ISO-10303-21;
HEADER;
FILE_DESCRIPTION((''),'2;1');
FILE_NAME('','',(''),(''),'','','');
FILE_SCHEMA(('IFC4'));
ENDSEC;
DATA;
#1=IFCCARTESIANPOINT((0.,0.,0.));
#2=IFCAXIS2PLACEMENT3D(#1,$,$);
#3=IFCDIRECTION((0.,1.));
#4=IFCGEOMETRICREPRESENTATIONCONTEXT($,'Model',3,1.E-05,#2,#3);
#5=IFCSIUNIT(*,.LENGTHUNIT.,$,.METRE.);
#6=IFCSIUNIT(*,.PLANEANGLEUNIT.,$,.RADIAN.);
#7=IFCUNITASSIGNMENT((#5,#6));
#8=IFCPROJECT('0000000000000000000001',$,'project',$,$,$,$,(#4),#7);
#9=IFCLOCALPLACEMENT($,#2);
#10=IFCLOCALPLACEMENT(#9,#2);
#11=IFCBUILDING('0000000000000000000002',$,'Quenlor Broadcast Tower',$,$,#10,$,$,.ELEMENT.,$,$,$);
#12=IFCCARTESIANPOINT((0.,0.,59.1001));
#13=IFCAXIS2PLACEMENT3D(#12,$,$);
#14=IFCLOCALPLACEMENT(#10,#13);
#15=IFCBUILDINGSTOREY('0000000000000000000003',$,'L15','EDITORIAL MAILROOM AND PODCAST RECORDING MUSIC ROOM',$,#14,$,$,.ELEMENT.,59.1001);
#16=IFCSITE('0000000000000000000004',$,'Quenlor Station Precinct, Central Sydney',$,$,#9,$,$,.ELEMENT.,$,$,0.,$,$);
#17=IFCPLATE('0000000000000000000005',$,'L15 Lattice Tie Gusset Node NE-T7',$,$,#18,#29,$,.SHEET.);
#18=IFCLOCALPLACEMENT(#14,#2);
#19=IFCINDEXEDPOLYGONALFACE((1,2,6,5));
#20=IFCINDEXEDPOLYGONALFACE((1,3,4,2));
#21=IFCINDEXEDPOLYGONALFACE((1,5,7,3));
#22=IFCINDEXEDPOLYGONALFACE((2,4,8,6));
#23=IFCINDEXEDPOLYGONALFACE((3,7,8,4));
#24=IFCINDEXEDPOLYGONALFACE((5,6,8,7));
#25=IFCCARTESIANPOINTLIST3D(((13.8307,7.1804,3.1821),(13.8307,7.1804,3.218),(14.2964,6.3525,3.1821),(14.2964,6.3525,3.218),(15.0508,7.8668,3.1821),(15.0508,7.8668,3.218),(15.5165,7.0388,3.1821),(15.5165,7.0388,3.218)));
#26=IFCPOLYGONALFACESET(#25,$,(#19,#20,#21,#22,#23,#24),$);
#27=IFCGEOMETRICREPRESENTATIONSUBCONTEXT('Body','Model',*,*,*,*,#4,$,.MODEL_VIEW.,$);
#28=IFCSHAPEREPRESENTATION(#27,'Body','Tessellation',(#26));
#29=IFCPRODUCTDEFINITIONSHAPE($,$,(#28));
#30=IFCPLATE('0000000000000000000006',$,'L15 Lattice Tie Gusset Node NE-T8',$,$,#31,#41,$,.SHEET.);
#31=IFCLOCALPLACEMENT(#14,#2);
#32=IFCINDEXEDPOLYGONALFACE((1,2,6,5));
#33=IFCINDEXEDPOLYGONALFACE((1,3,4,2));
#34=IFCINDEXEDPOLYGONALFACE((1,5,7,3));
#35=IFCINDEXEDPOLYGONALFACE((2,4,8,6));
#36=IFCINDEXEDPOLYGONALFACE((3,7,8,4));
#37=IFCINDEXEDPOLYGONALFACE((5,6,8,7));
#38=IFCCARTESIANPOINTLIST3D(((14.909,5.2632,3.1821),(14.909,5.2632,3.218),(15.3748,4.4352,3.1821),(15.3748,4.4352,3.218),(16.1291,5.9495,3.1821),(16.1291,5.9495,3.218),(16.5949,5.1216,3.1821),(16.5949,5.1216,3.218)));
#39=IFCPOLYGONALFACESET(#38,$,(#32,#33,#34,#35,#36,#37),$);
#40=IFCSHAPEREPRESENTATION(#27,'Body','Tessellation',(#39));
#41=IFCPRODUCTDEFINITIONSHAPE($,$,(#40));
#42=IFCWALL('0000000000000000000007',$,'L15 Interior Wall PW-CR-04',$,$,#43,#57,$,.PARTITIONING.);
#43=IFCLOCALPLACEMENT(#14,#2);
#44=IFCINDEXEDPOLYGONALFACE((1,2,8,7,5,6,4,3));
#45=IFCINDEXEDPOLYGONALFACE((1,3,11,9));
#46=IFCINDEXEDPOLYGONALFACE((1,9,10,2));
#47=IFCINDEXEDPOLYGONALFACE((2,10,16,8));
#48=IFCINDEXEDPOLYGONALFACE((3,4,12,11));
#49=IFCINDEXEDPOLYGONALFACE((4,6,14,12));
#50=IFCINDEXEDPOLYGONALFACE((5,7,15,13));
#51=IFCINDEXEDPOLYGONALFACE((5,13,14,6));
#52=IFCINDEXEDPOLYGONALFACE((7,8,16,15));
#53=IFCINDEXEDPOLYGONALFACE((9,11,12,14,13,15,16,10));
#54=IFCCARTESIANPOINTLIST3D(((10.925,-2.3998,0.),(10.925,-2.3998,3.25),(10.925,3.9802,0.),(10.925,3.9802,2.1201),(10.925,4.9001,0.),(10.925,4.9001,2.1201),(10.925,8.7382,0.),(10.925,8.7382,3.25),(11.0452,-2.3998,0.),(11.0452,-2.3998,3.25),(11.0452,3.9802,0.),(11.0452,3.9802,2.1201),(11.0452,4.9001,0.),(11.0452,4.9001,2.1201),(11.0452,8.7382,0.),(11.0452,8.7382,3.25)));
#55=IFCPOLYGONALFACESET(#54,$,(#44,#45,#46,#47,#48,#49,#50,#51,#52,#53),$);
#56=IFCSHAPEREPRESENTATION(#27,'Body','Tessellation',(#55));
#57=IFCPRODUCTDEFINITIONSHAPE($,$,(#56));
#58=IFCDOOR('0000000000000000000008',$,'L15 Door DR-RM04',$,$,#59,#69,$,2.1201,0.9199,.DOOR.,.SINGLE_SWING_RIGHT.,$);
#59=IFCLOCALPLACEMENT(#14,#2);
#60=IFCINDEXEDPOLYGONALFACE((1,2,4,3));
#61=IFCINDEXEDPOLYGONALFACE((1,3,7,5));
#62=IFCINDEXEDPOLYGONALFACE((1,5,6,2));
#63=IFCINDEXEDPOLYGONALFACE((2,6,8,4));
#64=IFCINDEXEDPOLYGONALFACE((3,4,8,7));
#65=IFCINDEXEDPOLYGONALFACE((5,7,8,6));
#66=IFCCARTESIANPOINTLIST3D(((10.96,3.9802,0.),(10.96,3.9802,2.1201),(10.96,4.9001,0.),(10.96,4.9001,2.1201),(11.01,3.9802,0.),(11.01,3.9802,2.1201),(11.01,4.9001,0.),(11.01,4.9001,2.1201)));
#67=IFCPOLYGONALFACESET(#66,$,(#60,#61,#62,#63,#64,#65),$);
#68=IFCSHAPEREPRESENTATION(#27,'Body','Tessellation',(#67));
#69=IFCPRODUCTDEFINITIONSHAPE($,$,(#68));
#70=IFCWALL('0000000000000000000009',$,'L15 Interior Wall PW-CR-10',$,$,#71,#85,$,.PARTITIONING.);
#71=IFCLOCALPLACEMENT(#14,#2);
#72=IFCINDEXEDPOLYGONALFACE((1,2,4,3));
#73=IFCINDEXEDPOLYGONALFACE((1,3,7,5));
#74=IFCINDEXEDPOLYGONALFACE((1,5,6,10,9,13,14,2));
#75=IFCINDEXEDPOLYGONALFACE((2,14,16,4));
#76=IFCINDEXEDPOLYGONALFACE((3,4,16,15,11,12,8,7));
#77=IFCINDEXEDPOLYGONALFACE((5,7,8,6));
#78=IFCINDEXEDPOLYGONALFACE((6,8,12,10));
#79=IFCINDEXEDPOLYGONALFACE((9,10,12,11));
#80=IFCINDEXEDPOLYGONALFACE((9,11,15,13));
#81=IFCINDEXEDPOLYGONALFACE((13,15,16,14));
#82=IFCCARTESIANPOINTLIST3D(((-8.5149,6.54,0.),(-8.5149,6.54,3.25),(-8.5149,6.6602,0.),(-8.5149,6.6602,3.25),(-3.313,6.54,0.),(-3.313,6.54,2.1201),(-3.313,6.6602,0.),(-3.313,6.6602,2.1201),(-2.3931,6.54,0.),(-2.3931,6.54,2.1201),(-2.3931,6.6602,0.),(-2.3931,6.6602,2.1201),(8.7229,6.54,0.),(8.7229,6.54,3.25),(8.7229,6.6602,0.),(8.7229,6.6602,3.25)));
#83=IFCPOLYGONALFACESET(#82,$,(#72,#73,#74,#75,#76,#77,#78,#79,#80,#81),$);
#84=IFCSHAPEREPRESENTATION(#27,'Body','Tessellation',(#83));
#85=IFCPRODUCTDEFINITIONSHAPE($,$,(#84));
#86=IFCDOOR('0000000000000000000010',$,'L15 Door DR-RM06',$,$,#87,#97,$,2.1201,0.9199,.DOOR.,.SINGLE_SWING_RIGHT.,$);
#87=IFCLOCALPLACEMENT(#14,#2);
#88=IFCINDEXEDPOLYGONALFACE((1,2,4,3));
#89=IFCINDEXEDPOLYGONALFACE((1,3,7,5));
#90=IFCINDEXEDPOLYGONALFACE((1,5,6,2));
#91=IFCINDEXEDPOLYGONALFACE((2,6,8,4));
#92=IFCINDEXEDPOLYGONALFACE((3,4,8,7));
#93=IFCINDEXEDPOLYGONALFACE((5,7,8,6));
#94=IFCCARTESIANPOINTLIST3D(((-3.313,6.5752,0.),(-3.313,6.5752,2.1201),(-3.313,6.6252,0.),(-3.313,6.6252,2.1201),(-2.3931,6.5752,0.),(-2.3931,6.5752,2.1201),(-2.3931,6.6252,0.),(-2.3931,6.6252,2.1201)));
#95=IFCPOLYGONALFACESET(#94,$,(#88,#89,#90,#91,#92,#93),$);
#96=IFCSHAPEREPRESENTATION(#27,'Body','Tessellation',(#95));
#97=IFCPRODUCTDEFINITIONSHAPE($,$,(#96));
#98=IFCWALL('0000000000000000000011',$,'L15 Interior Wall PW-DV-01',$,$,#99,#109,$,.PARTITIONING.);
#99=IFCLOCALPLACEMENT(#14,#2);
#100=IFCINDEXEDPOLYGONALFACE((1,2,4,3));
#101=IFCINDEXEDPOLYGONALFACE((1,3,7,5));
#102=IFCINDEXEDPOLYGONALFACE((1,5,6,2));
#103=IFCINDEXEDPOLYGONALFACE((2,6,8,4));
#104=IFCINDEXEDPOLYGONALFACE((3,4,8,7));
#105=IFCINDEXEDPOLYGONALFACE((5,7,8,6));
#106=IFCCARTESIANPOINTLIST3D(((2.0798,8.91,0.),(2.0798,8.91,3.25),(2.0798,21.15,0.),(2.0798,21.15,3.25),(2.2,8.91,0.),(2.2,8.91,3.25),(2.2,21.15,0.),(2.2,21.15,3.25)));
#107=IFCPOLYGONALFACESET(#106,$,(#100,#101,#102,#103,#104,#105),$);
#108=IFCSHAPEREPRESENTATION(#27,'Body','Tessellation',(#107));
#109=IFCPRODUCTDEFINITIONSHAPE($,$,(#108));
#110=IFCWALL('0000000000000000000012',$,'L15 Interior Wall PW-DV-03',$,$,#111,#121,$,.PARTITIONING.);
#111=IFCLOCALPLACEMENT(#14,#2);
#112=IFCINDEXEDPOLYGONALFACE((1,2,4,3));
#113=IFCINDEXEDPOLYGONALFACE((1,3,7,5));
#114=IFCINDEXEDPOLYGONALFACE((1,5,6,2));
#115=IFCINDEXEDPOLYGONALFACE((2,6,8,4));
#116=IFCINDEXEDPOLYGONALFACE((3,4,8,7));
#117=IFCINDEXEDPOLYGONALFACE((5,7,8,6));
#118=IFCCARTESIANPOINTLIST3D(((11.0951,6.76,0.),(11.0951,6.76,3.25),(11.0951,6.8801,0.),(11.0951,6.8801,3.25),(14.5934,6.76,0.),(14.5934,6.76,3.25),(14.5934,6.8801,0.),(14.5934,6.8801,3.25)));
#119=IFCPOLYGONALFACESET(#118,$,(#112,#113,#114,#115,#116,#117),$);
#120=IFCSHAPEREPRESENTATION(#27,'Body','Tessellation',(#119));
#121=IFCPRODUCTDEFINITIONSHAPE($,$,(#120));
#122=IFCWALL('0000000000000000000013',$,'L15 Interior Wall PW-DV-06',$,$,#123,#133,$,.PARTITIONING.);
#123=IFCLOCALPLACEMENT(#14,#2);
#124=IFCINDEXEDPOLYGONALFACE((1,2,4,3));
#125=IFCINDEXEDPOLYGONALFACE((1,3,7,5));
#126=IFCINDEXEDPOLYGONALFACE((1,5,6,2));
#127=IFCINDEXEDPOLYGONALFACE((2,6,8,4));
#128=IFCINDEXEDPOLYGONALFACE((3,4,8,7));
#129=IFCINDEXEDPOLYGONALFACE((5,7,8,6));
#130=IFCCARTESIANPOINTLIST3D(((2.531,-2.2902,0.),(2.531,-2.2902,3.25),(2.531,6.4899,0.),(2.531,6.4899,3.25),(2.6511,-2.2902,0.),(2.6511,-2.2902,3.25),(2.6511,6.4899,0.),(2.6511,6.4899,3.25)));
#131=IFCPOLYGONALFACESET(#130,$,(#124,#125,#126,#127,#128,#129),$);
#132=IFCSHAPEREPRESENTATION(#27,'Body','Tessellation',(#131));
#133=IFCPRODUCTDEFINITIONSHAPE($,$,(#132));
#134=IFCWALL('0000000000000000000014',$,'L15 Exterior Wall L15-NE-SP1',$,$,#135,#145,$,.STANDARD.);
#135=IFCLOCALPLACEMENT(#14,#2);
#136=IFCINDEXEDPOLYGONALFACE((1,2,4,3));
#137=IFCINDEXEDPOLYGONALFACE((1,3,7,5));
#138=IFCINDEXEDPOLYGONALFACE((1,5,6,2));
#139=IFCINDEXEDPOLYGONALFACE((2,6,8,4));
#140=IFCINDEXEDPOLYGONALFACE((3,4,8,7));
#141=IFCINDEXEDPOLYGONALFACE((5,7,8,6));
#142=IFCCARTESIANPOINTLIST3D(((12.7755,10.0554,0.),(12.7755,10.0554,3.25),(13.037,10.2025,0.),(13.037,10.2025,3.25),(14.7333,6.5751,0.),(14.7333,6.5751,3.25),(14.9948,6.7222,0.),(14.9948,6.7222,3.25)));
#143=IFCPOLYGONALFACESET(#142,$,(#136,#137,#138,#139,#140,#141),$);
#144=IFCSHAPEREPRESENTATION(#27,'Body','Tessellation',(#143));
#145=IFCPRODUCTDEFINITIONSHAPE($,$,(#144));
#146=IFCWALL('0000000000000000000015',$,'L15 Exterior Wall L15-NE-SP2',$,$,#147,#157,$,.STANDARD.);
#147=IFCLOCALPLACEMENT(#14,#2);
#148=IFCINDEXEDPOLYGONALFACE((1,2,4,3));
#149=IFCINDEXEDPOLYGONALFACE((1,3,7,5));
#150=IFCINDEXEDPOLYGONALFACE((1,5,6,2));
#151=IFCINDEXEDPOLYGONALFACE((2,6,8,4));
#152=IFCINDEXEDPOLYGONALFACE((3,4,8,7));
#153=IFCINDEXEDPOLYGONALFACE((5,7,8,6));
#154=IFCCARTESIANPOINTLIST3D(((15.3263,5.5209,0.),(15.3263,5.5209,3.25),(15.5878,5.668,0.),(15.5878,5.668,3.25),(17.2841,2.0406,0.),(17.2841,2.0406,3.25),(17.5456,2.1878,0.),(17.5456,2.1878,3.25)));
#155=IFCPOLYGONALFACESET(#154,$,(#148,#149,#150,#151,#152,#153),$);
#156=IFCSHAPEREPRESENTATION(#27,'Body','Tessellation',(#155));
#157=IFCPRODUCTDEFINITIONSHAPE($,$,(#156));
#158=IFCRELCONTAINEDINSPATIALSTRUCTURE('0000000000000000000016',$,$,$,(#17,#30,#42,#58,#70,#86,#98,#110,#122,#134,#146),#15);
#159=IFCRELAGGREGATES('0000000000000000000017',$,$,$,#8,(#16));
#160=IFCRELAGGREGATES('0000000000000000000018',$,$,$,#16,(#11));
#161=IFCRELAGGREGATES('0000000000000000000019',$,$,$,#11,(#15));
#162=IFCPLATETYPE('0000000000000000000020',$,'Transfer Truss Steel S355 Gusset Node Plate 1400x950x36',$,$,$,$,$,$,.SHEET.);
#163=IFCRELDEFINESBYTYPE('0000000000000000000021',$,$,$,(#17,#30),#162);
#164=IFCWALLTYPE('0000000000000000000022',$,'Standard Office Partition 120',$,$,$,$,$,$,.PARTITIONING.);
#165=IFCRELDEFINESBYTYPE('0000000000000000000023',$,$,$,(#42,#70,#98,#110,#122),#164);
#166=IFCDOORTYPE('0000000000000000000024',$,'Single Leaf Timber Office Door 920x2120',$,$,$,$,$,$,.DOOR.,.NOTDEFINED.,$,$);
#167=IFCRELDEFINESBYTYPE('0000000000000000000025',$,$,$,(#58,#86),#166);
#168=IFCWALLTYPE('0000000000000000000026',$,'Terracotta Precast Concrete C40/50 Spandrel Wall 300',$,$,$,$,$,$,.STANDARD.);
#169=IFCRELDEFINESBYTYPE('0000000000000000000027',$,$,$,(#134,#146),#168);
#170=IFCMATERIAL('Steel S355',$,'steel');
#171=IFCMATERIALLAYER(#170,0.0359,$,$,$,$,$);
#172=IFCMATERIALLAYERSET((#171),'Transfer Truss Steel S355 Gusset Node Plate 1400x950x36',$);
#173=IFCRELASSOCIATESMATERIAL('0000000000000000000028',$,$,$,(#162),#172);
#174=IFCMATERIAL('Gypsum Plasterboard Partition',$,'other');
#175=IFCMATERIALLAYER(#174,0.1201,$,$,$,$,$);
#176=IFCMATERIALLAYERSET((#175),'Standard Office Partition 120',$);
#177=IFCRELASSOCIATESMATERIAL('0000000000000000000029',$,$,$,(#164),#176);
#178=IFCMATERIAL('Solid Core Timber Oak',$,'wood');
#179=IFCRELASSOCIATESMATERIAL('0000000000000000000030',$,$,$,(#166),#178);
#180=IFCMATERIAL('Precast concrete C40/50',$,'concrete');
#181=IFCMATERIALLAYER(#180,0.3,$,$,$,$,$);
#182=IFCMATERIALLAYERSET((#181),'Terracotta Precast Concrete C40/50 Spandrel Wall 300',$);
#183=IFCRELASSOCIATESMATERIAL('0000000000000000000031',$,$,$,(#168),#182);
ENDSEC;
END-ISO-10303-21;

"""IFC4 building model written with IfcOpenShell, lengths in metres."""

from ifc_helpers import new_model, si_unit, direction, frame, frame_2d, origin, origin_2d, place, context, subcontext, project, spatial, rectangle, extrude, material, layer, layer_set, type_object, element, fill, save


model = new_model("IFC4")

# Units and contexts
model_context = context("Model", 3, precision=1e-05, world=origin(), true_north=direction((0.0, 1.0)))
body_context = subcontext(model_context, "Body", "Model", "MODEL_VIEW")
ifc_project = project(units=[si_unit("LENGTHUNIT", "METRE"), si_unit("PLANEANGLEUNIT", "RADIAN")], contexts=[model_context])

# Site, building, storey
site_placement = place(None, origin())
site = spatial("IfcSite", under=ifc_project, at=site_placement, Name="Quenlor Station Precinct, Central Sydney", CompositionType="ELEMENT", RefElevation=0.0)
building_placement = place(site_placement, origin())
building = spatial("IfcBuilding", under=site, at=building_placement, Name="Quenlor Broadcast Tower", CompositionType="ELEMENT")
storey_placement = place(building_placement, frame((0.0, 0.0, 59.1001)))
storey = spatial("IfcBuildingStorey", under=building, at=storey_placement, Name="L15", Description="EDITORIAL MAILROOM AND PODCAST RECORDING MUSIC ROOM", CompositionType="ELEMENT", Elevation=59.1001)

# Plates
ifc_material_1 = material(Name="Steel S355", Category="steel")
ifc_layer_1 = layer(ifc_material_1, 0.0359)
ifc_layer_set_1 = layer_set([ifc_layer_1], Name="Transfer Truss Steel S355 Gusset Node Plate 1400x950x36")
plate_type_1 = type_object("IfcPlateType", Name="Transfer Truss Steel S355 Gusset Node Plate 1400x950x36", PredefinedType="SHEET", material=ifc_layer_set_1)
for number, where, z_axis, x_axis, name in (
    (1, (14.6736, 7.1096, 3.1821), (0.0, 0.0, 1.0), (0.871556, 0.490295, 0.0), "L15 Lattice Tie Gusset Node NE-T7"),
    (2, (15.752, 5.1924, 3.1821), (0.0, 0.0, 1.0), (0.871556, 0.490295, 0.0), "L15 Lattice Tie Gusset Node NE-T8"),
):
    element("IfcPlate", number, at=place(storey_placement, frame(where, z_axis=z_axis, x_axis=x_axis)), inside=storey, type_object=plate_type_1, Name=name, PredefinedType="SHEET", context=body_context, shape_type="SweptSolid", body=[
        extrude(rectangle(XDim=1.3999, YDim=0.95, at=origin_2d()), origin(), (0.0, 0.0, 1.0), 0.0359),
    ])

# Walls, openings, doors
ifc_material_2 = material(Name="Gypsum Plasterboard Partition", Category="other")
ifc_layer_2 = layer(ifc_material_2, 0.1201)
ifc_layer_set_2 = layer_set([ifc_layer_2], Name="Standard Office Partition 120")
wall_type_1 = type_object("IfcWallType", Name="Standard Office Partition 120", PredefinedType="PARTITIONING", material=ifc_layer_set_2)
wall_1_placement = place(storey_placement, frame((10.9851, 8.738, 0.0), z_axis=(0.0, 0.0, 1.0), x_axis=(0.0, -1.0, 0.0)))
wall_1 = element("IfcWall", 3, at=wall_1_placement, inside=storey, type_object=wall_type_1, Name="L15 Interior Wall PW-CR-04", PredefinedType="PARTITIONING", context=body_context, shape_type="SweptSolid", body=[
    extrude(rectangle(XDim=11.1379, YDim=0.1201, at=frame_2d((5.5688, 0.0))), origin(), (0.0, 0.0, 1.0), 3.25),
])
opening_1_placement = place(wall_1_placement, frame((3.8379, 0.0, 0.0)))
opening_1 = element("IfcOpeningElement", 4, at=opening_1_placement, cuts=wall_1, PredefinedType="OPENING", context=body_context, shape_type="SweptSolid", body=[
    extrude(rectangle(XDim=0.9199, YDim=2.1201, at=frame_2d((0.46, 1.0601))), frame((0.0, 0.0701, 0.0), z_axis=(0.0, -1.0, 0.0), x_axis=(1.0, 0.0, 0.0)), (0.0, 0.0, 1.0), 0.1401),
])
ifc_material_3 = material(Name="Solid Core Timber Oak", Category="wood")
door_type = type_object("IfcDoorType", Name="Single Leaf Timber Office Door 920x2120", OperationType="NOTDEFINED", PredefinedType="DOOR", material=ifc_material_3)
door_1_placement = place(opening_1_placement, origin())
door_1 = element("IfcDoor", 5, at=door_1_placement, inside=storey, type_object=door_type, Name="L15 Door DR-RM04", OperationType="SINGLE_SWING_RIGHT", OverallHeight=2.1201, OverallWidth=0.9199, PredefinedType="DOOR", context=body_context, shape_type="SweptSolid", body=[
    extrude(rectangle(XDim=0.9199, YDim=2.1201, at=frame_2d((0.46, 1.0601))), frame((0.0, 0.0249, 0.0), z_axis=(0.0, -1.0, 0.0), x_axis=(1.0, 0.0, 0.0)), (0.0, 0.0, 1.0), 0.05),
])
fill(opening_1, door_1)
wall_2_placement = place(storey_placement, frame((8.7229, 6.6001, 0.0), z_axis=(0.0, 0.0, 1.0), x_axis=(-1.0, 0.0, 0.0)))
wall_2 = element("IfcWall", 6, at=wall_2_placement, inside=storey, type_object=wall_type_1, Name="L15 Interior Wall PW-CR-10", PredefinedType="PARTITIONING", context=body_context, shape_type="SweptSolid", body=[
    extrude(rectangle(XDim=17.2378, YDim=0.1201, at=frame_2d((8.6189, 0.0))), origin(), (0.0, 0.0, 1.0), 3.25),
])
opening_2_placement = place(wall_2_placement, frame((11.116, 0.0, 0.0)))
opening_2 = element("IfcOpeningElement", 7, at=opening_2_placement, cuts=wall_2, PredefinedType="OPENING", context=body_context, shape_type="SweptSolid", body=[
    extrude(rectangle(XDim=0.9199, YDim=2.1201, at=frame_2d((0.46, 1.0601))), frame((0.0, 0.0701, 0.0), z_axis=(0.0, -1.0, 0.0), x_axis=(1.0, 0.0, 0.0)), (0.0, 0.0, 1.0), 0.1401),
])
door_2_placement = place(opening_2_placement, origin())
door_2 = element("IfcDoor", 8, at=door_2_placement, inside=storey, type_object=door_type, Name="L15 Door DR-RM06", OperationType="SINGLE_SWING_RIGHT", OverallHeight=2.1201, OverallWidth=0.9199, PredefinedType="DOOR", context=body_context, shape_type="SweptSolid", body=[
    extrude(rectangle(XDim=0.9199, YDim=2.1201, at=frame_2d((0.46, 1.0601))), frame((0.0, 0.0249, 0.0), z_axis=(0.0, -1.0, 0.0), x_axis=(1.0, 0.0, 0.0)), (0.0, 0.0, 1.0), 0.05),
])
fill(opening_2, door_2)

# Walls
wall_3_placement = place(storey_placement, frame((2.1399, 8.9099, 0.0), z_axis=(0.0, 0.0, 1.0), x_axis=(0.0, 1.0, 0.0)))
element("IfcWall", 9, at=wall_3_placement, inside=storey, type_object=wall_type_1, Name="L15 Interior Wall PW-DV-01", PredefinedType="PARTITIONING", context=body_context, shape_type="SweptSolid", body=[
    extrude(rectangle(XDim=12.24, YDim=0.1201, at=frame_2d((6.1201, 0.0))), origin(), (0.0, 0.0, 1.0), 3.25),
])
wall_4_placement = place(storey_placement, frame((14.5933, 6.8201, 0.0), z_axis=(0.0, 0.0, 1.0), x_axis=(-1.0, 0.0, 0.0)))
element("IfcWall", 10, at=wall_4_placement, inside=storey, type_object=wall_type_1, Name="L15 Interior Wall PW-DV-03", PredefinedType="PARTITIONING", context=body_context, shape_type="SweptSolid", body=[
    extrude(rectangle(XDim=3.4983, YDim=0.1201, at=frame_2d((1.749, 0.0))), origin(), (0.0, 0.0, 1.0), 3.25),
])
wall_5_placement = place(storey_placement, frame((2.5911, 6.49, 0.0), z_axis=(0.0, 0.0, 1.0), x_axis=(0.0, -1.0, 0.0)))
element("IfcWall", 11, at=wall_5_placement, inside=storey, type_object=wall_type_1, Name="L15 Interior Wall PW-DV-06", PredefinedType="PARTITIONING", context=body_context, shape_type="SweptSolid", body=[
    extrude(rectangle(XDim=8.78, YDim=0.1201, at=frame_2d((4.3901, 0.0))), origin(), (0.0, 0.0, 1.0), 3.25),
])
ifc_material_4 = material(Name="Precast concrete C40/50", Category="concrete")
ifc_layer_3 = layer(ifc_material_4, 0.3)
ifc_layer_set_3 = layer_set([ifc_layer_3], Name="Terracotta Precast Concrete C40/50 Spandrel Wall 300")
wall_type_2 = type_object("IfcWallType", Name="Terracotta Precast Concrete C40/50 Spandrel Wall 300", PredefinedType="STANDARD", material=ifc_layer_set_3)
for number, where, z_axis, x_axis, name in (
    (12, (12.9062, 10.1289, 0.0), (0.0, 0.0, 1.0), (0.490287, -0.871561, 0.0), "L15 Exterior Wall L15-NE-SP1"),
    (13, (15.457, 5.5945, 0.0), (0.0, 0.0, 1.0), (0.490287, -0.871561, 0.0), "L15 Exterior Wall L15-NE-SP2"),
):
    element("IfcWall", number, at=place(storey_placement, frame(where, z_axis=z_axis, x_axis=x_axis)), inside=storey, type_object=wall_type_2, Name=name, PredefinedType="STANDARD", context=body_context, shape_type="SweptSolid", body=[
        extrude(rectangle(XDim=3.9932, YDim=0.3, at=frame_2d((1.9966, 0.0))), origin(), (0.0, 0.0, 1.0), 3.25),
    ])

save(model, "model.ifc")
